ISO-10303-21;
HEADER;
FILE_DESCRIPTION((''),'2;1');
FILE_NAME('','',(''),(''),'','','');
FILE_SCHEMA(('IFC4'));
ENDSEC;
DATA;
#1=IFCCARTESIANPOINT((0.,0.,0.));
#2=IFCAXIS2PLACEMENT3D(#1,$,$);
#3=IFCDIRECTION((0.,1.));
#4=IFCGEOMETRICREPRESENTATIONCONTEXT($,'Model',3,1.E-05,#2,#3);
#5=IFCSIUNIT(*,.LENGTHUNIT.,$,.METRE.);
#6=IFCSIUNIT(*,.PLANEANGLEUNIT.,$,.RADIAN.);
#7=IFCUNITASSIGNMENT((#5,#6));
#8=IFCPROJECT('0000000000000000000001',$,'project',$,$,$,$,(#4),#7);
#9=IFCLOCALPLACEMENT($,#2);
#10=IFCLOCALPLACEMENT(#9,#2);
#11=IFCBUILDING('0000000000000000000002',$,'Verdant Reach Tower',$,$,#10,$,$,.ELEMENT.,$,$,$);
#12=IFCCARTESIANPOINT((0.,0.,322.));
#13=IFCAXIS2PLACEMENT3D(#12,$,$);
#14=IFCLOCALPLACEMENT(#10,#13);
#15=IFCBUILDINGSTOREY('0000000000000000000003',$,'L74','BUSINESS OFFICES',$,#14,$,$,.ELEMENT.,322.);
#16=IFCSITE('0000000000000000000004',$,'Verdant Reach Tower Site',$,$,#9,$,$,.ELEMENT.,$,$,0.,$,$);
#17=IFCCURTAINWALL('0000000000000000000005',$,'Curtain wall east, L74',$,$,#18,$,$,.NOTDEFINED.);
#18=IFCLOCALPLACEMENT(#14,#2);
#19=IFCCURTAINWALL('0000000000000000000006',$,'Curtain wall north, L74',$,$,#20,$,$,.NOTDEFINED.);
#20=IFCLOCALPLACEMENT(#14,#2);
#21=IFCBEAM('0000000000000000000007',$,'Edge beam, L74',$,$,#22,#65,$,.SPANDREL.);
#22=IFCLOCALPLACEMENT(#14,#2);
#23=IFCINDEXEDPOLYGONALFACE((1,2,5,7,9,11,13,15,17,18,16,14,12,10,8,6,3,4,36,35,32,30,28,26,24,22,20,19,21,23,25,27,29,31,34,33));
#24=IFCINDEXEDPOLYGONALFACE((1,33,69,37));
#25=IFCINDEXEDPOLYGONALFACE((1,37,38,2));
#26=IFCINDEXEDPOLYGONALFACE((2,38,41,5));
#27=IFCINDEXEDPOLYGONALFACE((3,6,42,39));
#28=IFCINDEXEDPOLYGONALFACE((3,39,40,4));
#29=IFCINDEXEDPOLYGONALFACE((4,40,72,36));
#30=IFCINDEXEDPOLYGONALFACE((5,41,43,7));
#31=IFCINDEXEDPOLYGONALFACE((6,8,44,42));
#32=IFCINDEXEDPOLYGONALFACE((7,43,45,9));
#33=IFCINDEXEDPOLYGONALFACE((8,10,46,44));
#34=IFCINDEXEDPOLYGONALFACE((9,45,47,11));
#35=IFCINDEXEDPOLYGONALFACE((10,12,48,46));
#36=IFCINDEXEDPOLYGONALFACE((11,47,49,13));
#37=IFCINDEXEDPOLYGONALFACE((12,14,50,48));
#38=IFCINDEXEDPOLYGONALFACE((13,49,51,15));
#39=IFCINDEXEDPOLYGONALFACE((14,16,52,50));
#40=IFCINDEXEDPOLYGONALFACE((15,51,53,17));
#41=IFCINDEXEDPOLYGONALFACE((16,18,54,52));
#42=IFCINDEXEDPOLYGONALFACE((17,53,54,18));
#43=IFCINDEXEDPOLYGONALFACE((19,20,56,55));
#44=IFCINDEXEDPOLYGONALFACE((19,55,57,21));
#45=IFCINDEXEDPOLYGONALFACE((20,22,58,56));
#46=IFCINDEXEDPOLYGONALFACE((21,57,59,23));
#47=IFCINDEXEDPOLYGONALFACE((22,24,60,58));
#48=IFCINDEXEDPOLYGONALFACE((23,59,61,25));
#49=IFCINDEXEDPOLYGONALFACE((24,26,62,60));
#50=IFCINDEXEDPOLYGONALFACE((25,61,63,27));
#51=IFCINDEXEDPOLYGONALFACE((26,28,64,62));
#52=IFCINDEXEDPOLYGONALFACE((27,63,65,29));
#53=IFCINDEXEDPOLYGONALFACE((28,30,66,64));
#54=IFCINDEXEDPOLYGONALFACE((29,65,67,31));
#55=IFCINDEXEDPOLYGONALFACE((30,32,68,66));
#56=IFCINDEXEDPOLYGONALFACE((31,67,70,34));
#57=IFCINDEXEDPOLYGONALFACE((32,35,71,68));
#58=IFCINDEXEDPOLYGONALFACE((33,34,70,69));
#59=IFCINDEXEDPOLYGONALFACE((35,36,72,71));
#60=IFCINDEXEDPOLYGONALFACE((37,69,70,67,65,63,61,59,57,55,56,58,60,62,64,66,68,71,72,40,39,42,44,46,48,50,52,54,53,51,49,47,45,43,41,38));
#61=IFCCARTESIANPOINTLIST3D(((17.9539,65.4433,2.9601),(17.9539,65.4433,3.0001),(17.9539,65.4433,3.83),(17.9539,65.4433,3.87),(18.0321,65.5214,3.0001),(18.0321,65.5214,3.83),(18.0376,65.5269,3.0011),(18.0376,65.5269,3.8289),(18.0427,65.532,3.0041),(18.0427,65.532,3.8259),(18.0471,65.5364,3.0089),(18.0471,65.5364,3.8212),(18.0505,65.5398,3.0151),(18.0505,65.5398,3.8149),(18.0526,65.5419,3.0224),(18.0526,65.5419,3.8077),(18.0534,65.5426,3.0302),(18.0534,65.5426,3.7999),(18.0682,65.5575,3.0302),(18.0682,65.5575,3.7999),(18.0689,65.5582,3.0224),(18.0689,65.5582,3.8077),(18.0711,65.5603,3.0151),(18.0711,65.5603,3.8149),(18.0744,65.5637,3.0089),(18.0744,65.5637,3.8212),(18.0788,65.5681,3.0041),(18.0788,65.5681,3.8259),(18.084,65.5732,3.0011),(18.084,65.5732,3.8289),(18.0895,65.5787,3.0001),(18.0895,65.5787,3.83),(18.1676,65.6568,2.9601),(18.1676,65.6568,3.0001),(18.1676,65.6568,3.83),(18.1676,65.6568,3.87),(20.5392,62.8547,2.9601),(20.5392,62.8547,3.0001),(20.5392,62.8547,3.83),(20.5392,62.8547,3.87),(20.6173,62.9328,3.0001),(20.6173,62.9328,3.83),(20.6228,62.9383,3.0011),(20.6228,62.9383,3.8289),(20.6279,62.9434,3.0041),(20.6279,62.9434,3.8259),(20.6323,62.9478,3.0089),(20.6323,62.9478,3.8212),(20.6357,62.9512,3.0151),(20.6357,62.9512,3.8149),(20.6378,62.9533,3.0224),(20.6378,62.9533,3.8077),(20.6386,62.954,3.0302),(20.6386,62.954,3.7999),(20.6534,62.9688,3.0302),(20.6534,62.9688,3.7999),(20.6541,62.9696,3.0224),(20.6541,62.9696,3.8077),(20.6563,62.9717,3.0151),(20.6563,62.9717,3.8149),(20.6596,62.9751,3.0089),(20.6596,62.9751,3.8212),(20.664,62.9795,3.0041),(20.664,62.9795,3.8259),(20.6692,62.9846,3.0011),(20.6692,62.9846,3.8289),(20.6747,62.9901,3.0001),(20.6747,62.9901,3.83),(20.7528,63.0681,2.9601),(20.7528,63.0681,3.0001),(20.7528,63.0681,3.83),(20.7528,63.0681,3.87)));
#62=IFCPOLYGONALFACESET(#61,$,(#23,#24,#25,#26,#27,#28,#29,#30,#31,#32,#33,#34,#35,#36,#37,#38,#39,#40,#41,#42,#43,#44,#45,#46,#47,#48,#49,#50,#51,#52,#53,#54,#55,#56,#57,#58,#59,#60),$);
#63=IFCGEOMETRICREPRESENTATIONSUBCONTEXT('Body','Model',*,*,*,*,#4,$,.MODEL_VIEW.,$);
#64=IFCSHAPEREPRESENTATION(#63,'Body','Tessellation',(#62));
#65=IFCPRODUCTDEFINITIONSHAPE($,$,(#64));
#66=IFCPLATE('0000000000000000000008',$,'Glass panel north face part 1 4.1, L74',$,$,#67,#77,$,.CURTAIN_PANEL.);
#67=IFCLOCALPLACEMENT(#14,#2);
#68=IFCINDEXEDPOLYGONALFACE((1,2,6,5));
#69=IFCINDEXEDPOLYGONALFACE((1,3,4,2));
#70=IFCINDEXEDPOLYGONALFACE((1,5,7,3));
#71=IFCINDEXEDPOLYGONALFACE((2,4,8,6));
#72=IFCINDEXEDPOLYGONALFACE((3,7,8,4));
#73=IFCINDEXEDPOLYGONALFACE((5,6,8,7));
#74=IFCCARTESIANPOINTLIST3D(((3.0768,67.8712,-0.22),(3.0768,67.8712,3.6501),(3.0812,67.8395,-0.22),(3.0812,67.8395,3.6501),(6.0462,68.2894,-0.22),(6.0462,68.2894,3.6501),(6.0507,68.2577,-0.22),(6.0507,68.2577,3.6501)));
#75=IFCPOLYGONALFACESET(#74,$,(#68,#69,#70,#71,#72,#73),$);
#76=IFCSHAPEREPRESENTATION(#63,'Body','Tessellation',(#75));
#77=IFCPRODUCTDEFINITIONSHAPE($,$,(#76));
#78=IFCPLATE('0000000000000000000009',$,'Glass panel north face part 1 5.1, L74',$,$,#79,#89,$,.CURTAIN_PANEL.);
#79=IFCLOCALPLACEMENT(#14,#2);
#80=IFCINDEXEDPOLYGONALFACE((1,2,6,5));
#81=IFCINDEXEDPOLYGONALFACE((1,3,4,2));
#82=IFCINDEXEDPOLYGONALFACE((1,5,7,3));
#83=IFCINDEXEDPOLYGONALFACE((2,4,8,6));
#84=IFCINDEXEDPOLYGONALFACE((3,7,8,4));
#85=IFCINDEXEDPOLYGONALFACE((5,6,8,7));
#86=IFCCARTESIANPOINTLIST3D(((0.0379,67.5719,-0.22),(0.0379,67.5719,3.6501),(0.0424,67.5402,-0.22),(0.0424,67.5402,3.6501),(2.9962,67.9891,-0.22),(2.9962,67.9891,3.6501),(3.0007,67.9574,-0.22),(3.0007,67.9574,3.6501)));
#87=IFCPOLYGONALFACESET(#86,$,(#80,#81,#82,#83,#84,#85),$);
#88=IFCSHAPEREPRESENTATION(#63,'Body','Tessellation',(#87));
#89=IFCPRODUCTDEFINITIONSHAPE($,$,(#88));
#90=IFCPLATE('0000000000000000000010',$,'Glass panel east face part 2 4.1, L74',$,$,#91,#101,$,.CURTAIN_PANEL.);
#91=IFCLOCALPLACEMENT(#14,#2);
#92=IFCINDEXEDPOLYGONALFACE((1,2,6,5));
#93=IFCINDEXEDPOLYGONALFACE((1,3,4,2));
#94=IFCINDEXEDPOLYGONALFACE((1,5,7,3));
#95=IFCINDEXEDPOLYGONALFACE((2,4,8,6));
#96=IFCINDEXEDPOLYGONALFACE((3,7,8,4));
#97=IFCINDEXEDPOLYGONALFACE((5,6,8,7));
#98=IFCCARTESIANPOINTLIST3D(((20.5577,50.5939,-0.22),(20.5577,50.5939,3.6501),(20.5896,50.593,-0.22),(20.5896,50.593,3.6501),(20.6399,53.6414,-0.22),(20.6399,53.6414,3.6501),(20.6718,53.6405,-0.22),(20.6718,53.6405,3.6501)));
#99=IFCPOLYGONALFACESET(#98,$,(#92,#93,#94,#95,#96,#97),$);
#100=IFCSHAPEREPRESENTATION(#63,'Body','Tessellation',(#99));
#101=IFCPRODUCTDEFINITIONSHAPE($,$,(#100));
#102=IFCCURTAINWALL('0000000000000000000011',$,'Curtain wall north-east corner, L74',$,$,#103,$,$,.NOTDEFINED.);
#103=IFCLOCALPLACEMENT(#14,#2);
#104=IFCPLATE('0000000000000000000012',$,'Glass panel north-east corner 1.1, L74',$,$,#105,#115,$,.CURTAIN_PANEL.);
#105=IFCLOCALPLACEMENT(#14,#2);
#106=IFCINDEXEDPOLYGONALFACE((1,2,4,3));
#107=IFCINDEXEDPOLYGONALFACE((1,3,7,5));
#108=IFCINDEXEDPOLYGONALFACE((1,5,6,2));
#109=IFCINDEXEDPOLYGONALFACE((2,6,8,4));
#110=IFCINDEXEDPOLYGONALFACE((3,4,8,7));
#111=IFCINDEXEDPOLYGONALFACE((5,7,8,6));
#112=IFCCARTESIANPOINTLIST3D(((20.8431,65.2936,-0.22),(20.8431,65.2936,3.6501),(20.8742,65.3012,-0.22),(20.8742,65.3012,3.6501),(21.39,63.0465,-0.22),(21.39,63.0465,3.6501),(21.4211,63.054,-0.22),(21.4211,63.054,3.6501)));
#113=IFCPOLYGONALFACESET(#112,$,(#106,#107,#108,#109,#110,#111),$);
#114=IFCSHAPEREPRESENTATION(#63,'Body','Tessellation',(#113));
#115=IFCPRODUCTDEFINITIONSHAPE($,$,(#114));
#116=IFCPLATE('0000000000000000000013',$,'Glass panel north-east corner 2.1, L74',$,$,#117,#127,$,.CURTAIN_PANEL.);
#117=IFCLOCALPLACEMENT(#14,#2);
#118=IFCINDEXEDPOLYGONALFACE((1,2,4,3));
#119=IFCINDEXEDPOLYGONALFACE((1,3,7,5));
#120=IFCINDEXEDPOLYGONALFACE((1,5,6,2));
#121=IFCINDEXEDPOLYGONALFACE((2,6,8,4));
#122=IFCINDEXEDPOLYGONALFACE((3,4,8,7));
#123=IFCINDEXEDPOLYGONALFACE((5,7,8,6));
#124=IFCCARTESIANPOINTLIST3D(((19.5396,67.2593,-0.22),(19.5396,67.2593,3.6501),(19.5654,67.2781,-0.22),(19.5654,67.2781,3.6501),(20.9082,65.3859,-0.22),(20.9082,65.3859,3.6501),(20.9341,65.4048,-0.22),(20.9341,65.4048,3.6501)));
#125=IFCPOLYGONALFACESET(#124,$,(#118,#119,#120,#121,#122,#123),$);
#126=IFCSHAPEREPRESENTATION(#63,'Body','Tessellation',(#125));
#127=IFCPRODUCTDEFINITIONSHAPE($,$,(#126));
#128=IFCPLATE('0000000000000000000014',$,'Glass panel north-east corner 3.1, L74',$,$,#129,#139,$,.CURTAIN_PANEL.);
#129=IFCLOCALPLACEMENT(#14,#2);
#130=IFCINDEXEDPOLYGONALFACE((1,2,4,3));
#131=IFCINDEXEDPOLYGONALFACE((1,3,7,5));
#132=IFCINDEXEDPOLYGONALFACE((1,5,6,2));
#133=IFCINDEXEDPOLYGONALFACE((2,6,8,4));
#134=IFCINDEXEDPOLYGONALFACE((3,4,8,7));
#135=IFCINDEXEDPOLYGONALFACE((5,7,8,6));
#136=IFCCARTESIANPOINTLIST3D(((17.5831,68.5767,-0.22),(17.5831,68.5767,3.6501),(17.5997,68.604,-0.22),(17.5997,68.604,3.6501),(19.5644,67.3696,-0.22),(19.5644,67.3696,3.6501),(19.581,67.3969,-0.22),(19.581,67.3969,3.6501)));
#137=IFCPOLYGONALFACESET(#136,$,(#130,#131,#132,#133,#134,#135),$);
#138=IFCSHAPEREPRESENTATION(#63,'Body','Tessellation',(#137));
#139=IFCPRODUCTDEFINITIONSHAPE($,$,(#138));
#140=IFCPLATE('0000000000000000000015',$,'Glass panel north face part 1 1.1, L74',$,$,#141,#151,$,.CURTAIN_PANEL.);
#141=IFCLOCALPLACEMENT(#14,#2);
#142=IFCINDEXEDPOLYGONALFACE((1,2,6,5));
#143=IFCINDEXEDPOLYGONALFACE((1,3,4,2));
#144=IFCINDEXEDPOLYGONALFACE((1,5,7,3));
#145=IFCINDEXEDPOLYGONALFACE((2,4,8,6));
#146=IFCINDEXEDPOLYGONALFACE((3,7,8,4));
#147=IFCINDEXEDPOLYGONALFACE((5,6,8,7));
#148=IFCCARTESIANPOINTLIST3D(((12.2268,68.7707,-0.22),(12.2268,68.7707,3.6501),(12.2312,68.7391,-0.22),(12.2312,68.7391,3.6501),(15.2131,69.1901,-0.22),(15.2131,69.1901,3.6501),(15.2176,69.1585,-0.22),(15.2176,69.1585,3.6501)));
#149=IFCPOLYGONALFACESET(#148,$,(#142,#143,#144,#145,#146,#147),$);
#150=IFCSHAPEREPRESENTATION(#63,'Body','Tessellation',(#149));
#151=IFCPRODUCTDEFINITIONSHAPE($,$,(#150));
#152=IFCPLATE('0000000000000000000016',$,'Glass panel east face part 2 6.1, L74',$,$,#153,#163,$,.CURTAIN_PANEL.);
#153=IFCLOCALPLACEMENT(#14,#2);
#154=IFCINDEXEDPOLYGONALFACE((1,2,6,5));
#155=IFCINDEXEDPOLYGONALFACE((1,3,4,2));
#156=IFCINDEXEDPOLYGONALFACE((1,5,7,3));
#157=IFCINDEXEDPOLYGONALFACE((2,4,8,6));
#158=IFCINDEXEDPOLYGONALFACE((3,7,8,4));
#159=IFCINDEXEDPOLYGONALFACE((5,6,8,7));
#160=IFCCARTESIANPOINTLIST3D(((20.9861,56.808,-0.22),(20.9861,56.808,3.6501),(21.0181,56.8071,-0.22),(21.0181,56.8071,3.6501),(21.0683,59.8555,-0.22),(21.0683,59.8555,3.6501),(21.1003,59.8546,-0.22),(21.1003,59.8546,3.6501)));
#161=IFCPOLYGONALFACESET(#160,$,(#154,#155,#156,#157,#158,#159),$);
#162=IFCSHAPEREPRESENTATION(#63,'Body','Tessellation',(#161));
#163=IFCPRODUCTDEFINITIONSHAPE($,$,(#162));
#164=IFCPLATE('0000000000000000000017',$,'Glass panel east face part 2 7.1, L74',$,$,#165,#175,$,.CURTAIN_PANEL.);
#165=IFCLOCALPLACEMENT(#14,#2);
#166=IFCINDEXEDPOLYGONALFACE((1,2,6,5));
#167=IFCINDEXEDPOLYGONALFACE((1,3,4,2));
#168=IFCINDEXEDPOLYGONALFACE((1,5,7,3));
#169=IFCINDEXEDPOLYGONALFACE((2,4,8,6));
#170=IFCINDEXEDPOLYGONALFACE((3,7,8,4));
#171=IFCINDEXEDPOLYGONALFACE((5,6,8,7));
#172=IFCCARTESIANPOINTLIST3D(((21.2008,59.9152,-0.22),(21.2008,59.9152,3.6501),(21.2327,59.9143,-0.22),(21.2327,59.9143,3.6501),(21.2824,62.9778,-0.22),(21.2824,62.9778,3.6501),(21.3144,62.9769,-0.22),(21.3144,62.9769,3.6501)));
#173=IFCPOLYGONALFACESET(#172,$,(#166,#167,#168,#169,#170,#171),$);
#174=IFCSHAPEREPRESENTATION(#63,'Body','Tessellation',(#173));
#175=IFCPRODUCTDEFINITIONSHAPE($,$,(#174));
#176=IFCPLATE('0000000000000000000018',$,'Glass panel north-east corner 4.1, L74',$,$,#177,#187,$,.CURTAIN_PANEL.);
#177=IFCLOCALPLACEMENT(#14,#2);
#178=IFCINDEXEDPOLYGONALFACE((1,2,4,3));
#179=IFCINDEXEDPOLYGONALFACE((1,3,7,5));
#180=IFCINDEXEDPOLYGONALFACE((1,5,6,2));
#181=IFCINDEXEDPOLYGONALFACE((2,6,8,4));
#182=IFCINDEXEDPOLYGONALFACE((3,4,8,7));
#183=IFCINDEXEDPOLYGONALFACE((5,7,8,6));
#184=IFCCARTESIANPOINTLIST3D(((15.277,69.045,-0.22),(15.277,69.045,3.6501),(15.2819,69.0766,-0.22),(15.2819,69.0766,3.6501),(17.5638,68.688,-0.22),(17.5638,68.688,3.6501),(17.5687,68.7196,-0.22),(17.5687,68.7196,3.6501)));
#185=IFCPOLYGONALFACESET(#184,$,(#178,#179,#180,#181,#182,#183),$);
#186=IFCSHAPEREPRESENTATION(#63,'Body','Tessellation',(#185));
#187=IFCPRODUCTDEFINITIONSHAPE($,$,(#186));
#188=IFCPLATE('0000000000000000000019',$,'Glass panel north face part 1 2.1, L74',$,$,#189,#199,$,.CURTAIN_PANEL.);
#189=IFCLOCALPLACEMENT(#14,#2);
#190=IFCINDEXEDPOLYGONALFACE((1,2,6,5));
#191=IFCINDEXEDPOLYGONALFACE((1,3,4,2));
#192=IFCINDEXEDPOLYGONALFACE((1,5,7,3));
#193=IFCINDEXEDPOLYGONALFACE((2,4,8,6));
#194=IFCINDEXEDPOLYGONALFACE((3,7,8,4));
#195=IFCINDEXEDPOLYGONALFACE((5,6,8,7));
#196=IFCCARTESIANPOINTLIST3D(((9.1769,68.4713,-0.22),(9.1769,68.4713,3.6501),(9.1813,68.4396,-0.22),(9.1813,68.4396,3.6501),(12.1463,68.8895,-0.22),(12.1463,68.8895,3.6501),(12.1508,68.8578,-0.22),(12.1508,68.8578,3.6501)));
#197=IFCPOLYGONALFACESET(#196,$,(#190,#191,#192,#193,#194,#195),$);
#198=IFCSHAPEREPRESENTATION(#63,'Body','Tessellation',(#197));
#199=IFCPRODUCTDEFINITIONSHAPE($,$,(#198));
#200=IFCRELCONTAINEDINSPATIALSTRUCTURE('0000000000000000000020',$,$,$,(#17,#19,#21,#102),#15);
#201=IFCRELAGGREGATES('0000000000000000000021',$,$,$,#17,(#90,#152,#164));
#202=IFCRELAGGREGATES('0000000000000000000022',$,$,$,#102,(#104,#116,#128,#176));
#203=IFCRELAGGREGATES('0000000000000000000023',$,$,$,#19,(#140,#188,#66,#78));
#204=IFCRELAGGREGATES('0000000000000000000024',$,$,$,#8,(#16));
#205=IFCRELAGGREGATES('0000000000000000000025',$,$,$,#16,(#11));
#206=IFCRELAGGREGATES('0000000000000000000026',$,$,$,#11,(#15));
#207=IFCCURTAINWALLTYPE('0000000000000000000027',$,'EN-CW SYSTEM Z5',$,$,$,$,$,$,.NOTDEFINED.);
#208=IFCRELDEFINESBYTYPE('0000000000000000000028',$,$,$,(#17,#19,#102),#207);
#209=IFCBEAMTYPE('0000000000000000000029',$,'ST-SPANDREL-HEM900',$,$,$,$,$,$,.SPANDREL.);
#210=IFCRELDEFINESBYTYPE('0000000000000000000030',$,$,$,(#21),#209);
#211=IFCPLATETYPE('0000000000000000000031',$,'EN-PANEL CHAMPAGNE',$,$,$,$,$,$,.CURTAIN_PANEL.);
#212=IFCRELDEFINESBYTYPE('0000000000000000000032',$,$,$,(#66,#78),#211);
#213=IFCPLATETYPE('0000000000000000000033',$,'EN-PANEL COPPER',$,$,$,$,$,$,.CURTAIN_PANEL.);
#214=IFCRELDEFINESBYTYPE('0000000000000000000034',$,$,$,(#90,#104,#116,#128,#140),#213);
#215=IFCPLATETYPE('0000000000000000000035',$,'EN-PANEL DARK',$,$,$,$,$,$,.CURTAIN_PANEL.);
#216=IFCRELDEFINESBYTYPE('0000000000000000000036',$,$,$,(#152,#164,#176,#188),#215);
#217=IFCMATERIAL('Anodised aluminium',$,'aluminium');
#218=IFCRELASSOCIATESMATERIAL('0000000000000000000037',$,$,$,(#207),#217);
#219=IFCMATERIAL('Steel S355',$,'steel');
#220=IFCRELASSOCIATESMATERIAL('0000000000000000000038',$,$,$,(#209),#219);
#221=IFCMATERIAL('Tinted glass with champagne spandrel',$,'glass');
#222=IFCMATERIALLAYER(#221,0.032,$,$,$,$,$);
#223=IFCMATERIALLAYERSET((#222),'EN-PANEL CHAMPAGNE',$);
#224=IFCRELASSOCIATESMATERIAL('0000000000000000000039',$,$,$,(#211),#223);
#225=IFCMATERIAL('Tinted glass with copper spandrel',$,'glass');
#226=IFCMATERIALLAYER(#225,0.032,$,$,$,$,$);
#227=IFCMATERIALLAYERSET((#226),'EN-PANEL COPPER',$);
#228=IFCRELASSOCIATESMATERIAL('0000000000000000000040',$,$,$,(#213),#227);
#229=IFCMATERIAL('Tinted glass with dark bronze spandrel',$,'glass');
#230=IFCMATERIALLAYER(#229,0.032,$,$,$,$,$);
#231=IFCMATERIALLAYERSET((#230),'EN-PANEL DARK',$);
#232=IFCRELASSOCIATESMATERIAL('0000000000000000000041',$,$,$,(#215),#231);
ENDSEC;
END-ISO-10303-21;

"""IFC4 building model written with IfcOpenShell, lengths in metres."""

from ifc_helpers import new_model, si_unit, direction, frame, origin, origin_2d, place, context, subcontext, project, spatial, rectangle, i_section, extrude, material, layer, layer_set, material_profile, profile_set, type_object, element, aggregate, save


model = new_model("IFC4")

# Units and contexts
model_context = context("Model", 3, precision=1e-05, world=origin(), true_north=direction((0.0, 1.0)))
body_context = subcontext(model_context, "Body", "Model", "MODEL_VIEW")
ifc_project = project(units=[si_unit("LENGTHUNIT", "METRE"), si_unit("PLANEANGLEUNIT", "RADIAN")], contexts=[model_context])

# Site, building, storey
site_placement = place(None, origin())
site = spatial("IfcSite", under=ifc_project, at=site_placement, Name="Verdant Reach Tower Site", CompositionType="ELEMENT", RefElevation=0.0)
building_placement = place(site_placement, origin())
building = spatial("IfcBuilding", under=site, at=building_placement, Name="Verdant Reach Tower", CompositionType="ELEMENT")
storey_placement = place(building_placement, frame((0.0, 0.0, 322.0)))
storey = spatial("IfcBuildingStorey", under=building, at=storey_placement, Name="L74", Description="BUSINESS OFFICES", CompositionType="ELEMENT", Elevation=322.0)

# Curtain walls
ifc_material_1 = material(Name="Anodised aluminium", Category="aluminium")
curtain_wall_type = type_object("IfcCurtainWallType", Name="EN-CW SYSTEM Z5", PredefinedType="NOTDEFINED", material=ifc_material_1)
curtain_wall_1_placement = place(storey_placement, origin())
curtain_wall_1 = element("IfcCurtainWall", 1, at=curtain_wall_1_placement, inside=storey, type_object=curtain_wall_type, Name="Curtain wall east, L74", PredefinedType="NOTDEFINED")
curtain_wall_2_placement = place(storey_placement, origin())
curtain_wall_2 = element("IfcCurtainWall", 2, at=curtain_wall_2_placement, inside=storey, type_object=curtain_wall_type, Name="Curtain wall north, L74", PredefinedType="NOTDEFINED")

# Beam
ifc_material_2 = material(Name="Steel S355", Category="steel")
ifc_material_profile_1 = material_profile(ifc_material_2, i_section(OverallWidth=0.302, OverallDepth=0.9099, WebThickness=0.021, FlangeThickness=0.04, FilletRadius=0.03, at=origin_2d()), Name="HEM 900")
ifc_profile_set_1 = profile_set([ifc_material_profile_1], Name="Steel S355")
beam_type_1 = type_object("IfcBeamType", Name="ST-SPANDREL-HEM900", PredefinedType="SPANDREL", material=ifc_profile_set_1)
beam_1_placement = place(storey_placement, frame((18.0608, 65.55, 3.415), z_axis=(0.706639, -0.707574, 0.0), x_axis=(0.707574, 0.706639, 0.0)))
element("IfcBeam", 3, at=beam_1_placement, inside=storey, type_object=beam_type_1, Name="Edge beam, L74", PredefinedType="SPANDREL", context=body_context, shape_type="SweptSolid", body=[
    extrude(i_section(OverallWidth=0.302, OverallDepth=0.9099, WebThickness=0.021, FlangeThickness=0.04, FilletRadius=0.03, at=origin_2d()), origin(), (0.0, 0.0, 1.0), 3.6584),
])

# Plates
ifc_material_3 = material(Name="Tinted glass with champagne spandrel", Category="glass")
ifc_layer_1 = layer(ifc_material_3, 0.032)
ifc_layer_set_1 = layer_set([ifc_layer_1], Name="EN-PANEL CHAMPAGNE")
plate_type_1 = type_object("IfcPlateType", Name="EN-PANEL CHAMPAGNE", PredefinedType="CURTAIN_PANEL", material=ifc_layer_set_1)
plate_1_placement = place(storey_placement, frame((4.5637, 68.0645, -0.22), z_axis=(0.0, 0.0, 1.0), x_axis=(-0.990225, -0.139477, 0.0)))
plate_1 = element("IfcPlate", 4, at=plate_1_placement, type_object=plate_type_1, Name="Glass panel north face part 1 4.1, L74", PredefinedType="CURTAIN_PANEL", context=body_context, shape_type="SweptSolid", body=[
    extrude(rectangle(XDim=2.9988, YDim=0.032, at=origin_2d()), origin(), (0.0, 0.0, 1.0), 3.8701),
])
plate_2_placement = place(storey_placement, frame((1.5193, 67.7646, -0.22), z_axis=(0.0, 0.0, 1.0), x_axis=(-0.9902, -0.139656, 0.0)))
plate_2 = element("IfcPlate", 5, at=plate_2_placement, type_object=plate_type_1, Name="Glass panel north face part 1 5.1, L74", PredefinedType="CURTAIN_PANEL", context=body_context, shape_type="SweptSolid", body=[
    extrude(rectangle(XDim=2.9875, YDim=0.032, at=origin_2d()), origin(), (0.0, 0.0, 1.0), 3.8701),
])
ifc_material_4 = material(Name="Tinted glass with copper spandrel", Category="glass")
ifc_layer_2 = layer(ifc_material_4, 0.032)
ifc_layer_set_2 = layer_set([ifc_layer_2], Name="EN-PANEL COPPER")
plate_type_2 = type_object("IfcPlateType", Name="EN-PANEL COPPER", PredefinedType="CURTAIN_PANEL", material=ifc_layer_set_2)
plate_3_placement = place(storey_placement, frame((20.6147, 52.1172, -0.22), z_axis=(0.0, 0.0, 1.0), x_axis=(0.026965, 0.999636, 0.0)))
plate_3 = element("IfcPlate", 6, at=plate_3_placement, type_object=plate_type_2, Name="Glass panel east face part 2 4.1, L74", PredefinedType="CURTAIN_PANEL", context=body_context, shape_type="SweptSolid", body=[
    extrude(rectangle(XDim=3.0486, YDim=0.032, at=origin_2d()), origin(), (0.0, 0.0, 1.0), 3.8701),
])

# Curtain wall, plates
curtain_wall_3_placement = place(storey_placement, origin())
curtain_wall_3 = element("IfcCurtainWall", 7, at=curtain_wall_3_placement, inside=storey, type_object=curtain_wall_type, Name="Curtain wall north-east corner, L74", PredefinedType="NOTDEFINED")
plate_4_placement = place(storey_placement, frame((21.1321, 64.1738, -0.22), z_axis=(0.0, 0.0, 1.0), x_axis=(-0.236471, 0.971638, 0.0)))
plate_4 = element("IfcPlate", 8, at=plate_4_placement, type_object=plate_type_2, Name="Glass panel north-east corner 1.1, L74", PredefinedType="CURTAIN_PANEL", context=body_context, shape_type="SweptSolid", body=[
    extrude(rectangle(XDim=2.3127, YDim=0.032, at=origin_2d()), origin(), (0.0, 0.0, 1.0), 3.8701),
])
plate_5_placement = place(storey_placement, frame((20.2368, 66.332, -0.22), z_axis=(0.0, 0.0, 1.0), x_axis=(-0.589927, 0.807457, 0.0)))
plate_5 = element("IfcPlate", 9, at=plate_5_placement, type_object=plate_type_2, Name="Glass panel north-east corner 2.1, L74", PredefinedType="CURTAIN_PANEL", context=body_context, shape_type="SweptSolid", body=[
    extrude(rectangle(XDim=2.3201, YDim=0.032, at=origin_2d()), origin(), (0.0, 0.0, 1.0), 3.8701),
])
plate_6_placement = place(storey_placement, frame((18.582, 67.9868, -0.22), z_axis=(0.0, 0.0, 1.0), x_axis=(-0.853989, 0.520292, 0.0)))
plate_6 = element("IfcPlate", 10, at=plate_6_placement, type_object=plate_type_2, Name="Glass panel north-east corner 3.1, L74", PredefinedType="CURTAIN_PANEL", context=body_context, shape_type="SweptSolid", body=[
    extrude(rectangle(XDim=2.3201, YDim=0.032, at=origin_2d()), origin(), (0.0, 0.0, 1.0), 3.8701),
])

# Plates
plate_7_placement = place(storey_placement, frame((13.7222, 68.9646, -0.22), z_axis=(0.0, 0.0, 1.0), x_axis=(-0.990282, -0.139077, 0.0)))
plate_7 = element("IfcPlate", 11, at=plate_7_placement, type_object=plate_type_2, Name="Glass panel north face part 1 1.1, L74", PredefinedType="CURTAIN_PANEL", context=body_context, shape_type="SweptSolid", body=[
    extrude(rectangle(XDim=3.0156, YDim=0.032, at=origin_2d()), origin(), (0.0, 0.0, 1.0), 3.8701),
])
ifc_material_5 = material(Name="Tinted glass with dark bronze spandrel", Category="glass")
ifc_layer_3 = layer(ifc_material_5, 0.032)
ifc_layer_set_3 = layer_set([ifc_layer_3], Name="EN-PANEL DARK")
plate_type_3 = type_object("IfcPlateType", Name="EN-PANEL DARK", PredefinedType="CURTAIN_PANEL", material=ifc_layer_set_3)
plate_8_placement = place(storey_placement, frame((21.0432, 58.3313, -0.22), z_axis=(0.0, 0.0, 1.0), x_axis=(0.026965, 0.999636, 0.0)))
plate_8 = element("IfcPlate", 12, at=plate_8_placement, type_object=plate_type_3, Name="Glass panel east face part 2 6.1, L74", PredefinedType="CURTAIN_PANEL", context=body_context, shape_type="SweptSolid", body=[
    extrude(rectangle(XDim=3.0486, YDim=0.032, at=origin_2d()), origin(), (0.0, 0.0, 1.0), 3.8701),
])
plate_9_placement = place(storey_placement, frame((21.2576, 61.446, -0.22), z_axis=(0.0, 0.0, 1.0), x_axis=(0.026643, 0.999645, 0.0)))
plate_9 = element("IfcPlate", 13, at=plate_9_placement, type_object=plate_type_3, Name="Glass panel east face part 2 7.1, L74", PredefinedType="CURTAIN_PANEL", context=body_context, shape_type="SweptSolid", body=[
    extrude(rectangle(XDim=3.0637, YDim=0.032, at=origin_2d()), origin(), (0.0, 0.0, 1.0), 3.8701),
])
aggregate(curtain_wall_1, [plate_3, plate_8, plate_9])
plate_10_placement = place(storey_placement, frame((16.4229, 68.8823, -0.22), z_axis=(0.0, 0.0, 1.0), x_axis=(-0.988033, 0.15424, 0.0)))
plate_10 = element("IfcPlate", 14, at=plate_10_placement, type_object=plate_type_3, Name="Glass panel north-east corner 4.1, L74", PredefinedType="CURTAIN_PANEL", context=body_context, shape_type="SweptSolid", body=[
    extrude(rectangle(XDim=2.3145, YDim=0.032, at=origin_2d()), origin(), (0.0, 0.0, 1.0), 3.8701),
])
aggregate(curtain_wall_3, [plate_4, plate_5, plate_6, plate_10])
plate_11_placement = place(storey_placement, frame((10.6638, 68.6646, -0.22), z_axis=(0.0, 0.0, 1.0), x_axis=(-0.990225, -0.139477, 0.0)))
plate_11 = element("IfcPlate", 15, at=plate_11_placement, type_object=plate_type_3, Name="Glass panel north face part 1 2.1, L74", PredefinedType="CURTAIN_PANEL", context=body_context, shape_type="SweptSolid", body=[
    extrude(rectangle(XDim=2.9988, YDim=0.032, at=origin_2d()), origin(), (0.0, 0.0, 1.0), 3.8701),
])
aggregate(curtain_wall_2, [plate_7, plate_11, plate_1, plate_2])

save(model, "model.ifc")
